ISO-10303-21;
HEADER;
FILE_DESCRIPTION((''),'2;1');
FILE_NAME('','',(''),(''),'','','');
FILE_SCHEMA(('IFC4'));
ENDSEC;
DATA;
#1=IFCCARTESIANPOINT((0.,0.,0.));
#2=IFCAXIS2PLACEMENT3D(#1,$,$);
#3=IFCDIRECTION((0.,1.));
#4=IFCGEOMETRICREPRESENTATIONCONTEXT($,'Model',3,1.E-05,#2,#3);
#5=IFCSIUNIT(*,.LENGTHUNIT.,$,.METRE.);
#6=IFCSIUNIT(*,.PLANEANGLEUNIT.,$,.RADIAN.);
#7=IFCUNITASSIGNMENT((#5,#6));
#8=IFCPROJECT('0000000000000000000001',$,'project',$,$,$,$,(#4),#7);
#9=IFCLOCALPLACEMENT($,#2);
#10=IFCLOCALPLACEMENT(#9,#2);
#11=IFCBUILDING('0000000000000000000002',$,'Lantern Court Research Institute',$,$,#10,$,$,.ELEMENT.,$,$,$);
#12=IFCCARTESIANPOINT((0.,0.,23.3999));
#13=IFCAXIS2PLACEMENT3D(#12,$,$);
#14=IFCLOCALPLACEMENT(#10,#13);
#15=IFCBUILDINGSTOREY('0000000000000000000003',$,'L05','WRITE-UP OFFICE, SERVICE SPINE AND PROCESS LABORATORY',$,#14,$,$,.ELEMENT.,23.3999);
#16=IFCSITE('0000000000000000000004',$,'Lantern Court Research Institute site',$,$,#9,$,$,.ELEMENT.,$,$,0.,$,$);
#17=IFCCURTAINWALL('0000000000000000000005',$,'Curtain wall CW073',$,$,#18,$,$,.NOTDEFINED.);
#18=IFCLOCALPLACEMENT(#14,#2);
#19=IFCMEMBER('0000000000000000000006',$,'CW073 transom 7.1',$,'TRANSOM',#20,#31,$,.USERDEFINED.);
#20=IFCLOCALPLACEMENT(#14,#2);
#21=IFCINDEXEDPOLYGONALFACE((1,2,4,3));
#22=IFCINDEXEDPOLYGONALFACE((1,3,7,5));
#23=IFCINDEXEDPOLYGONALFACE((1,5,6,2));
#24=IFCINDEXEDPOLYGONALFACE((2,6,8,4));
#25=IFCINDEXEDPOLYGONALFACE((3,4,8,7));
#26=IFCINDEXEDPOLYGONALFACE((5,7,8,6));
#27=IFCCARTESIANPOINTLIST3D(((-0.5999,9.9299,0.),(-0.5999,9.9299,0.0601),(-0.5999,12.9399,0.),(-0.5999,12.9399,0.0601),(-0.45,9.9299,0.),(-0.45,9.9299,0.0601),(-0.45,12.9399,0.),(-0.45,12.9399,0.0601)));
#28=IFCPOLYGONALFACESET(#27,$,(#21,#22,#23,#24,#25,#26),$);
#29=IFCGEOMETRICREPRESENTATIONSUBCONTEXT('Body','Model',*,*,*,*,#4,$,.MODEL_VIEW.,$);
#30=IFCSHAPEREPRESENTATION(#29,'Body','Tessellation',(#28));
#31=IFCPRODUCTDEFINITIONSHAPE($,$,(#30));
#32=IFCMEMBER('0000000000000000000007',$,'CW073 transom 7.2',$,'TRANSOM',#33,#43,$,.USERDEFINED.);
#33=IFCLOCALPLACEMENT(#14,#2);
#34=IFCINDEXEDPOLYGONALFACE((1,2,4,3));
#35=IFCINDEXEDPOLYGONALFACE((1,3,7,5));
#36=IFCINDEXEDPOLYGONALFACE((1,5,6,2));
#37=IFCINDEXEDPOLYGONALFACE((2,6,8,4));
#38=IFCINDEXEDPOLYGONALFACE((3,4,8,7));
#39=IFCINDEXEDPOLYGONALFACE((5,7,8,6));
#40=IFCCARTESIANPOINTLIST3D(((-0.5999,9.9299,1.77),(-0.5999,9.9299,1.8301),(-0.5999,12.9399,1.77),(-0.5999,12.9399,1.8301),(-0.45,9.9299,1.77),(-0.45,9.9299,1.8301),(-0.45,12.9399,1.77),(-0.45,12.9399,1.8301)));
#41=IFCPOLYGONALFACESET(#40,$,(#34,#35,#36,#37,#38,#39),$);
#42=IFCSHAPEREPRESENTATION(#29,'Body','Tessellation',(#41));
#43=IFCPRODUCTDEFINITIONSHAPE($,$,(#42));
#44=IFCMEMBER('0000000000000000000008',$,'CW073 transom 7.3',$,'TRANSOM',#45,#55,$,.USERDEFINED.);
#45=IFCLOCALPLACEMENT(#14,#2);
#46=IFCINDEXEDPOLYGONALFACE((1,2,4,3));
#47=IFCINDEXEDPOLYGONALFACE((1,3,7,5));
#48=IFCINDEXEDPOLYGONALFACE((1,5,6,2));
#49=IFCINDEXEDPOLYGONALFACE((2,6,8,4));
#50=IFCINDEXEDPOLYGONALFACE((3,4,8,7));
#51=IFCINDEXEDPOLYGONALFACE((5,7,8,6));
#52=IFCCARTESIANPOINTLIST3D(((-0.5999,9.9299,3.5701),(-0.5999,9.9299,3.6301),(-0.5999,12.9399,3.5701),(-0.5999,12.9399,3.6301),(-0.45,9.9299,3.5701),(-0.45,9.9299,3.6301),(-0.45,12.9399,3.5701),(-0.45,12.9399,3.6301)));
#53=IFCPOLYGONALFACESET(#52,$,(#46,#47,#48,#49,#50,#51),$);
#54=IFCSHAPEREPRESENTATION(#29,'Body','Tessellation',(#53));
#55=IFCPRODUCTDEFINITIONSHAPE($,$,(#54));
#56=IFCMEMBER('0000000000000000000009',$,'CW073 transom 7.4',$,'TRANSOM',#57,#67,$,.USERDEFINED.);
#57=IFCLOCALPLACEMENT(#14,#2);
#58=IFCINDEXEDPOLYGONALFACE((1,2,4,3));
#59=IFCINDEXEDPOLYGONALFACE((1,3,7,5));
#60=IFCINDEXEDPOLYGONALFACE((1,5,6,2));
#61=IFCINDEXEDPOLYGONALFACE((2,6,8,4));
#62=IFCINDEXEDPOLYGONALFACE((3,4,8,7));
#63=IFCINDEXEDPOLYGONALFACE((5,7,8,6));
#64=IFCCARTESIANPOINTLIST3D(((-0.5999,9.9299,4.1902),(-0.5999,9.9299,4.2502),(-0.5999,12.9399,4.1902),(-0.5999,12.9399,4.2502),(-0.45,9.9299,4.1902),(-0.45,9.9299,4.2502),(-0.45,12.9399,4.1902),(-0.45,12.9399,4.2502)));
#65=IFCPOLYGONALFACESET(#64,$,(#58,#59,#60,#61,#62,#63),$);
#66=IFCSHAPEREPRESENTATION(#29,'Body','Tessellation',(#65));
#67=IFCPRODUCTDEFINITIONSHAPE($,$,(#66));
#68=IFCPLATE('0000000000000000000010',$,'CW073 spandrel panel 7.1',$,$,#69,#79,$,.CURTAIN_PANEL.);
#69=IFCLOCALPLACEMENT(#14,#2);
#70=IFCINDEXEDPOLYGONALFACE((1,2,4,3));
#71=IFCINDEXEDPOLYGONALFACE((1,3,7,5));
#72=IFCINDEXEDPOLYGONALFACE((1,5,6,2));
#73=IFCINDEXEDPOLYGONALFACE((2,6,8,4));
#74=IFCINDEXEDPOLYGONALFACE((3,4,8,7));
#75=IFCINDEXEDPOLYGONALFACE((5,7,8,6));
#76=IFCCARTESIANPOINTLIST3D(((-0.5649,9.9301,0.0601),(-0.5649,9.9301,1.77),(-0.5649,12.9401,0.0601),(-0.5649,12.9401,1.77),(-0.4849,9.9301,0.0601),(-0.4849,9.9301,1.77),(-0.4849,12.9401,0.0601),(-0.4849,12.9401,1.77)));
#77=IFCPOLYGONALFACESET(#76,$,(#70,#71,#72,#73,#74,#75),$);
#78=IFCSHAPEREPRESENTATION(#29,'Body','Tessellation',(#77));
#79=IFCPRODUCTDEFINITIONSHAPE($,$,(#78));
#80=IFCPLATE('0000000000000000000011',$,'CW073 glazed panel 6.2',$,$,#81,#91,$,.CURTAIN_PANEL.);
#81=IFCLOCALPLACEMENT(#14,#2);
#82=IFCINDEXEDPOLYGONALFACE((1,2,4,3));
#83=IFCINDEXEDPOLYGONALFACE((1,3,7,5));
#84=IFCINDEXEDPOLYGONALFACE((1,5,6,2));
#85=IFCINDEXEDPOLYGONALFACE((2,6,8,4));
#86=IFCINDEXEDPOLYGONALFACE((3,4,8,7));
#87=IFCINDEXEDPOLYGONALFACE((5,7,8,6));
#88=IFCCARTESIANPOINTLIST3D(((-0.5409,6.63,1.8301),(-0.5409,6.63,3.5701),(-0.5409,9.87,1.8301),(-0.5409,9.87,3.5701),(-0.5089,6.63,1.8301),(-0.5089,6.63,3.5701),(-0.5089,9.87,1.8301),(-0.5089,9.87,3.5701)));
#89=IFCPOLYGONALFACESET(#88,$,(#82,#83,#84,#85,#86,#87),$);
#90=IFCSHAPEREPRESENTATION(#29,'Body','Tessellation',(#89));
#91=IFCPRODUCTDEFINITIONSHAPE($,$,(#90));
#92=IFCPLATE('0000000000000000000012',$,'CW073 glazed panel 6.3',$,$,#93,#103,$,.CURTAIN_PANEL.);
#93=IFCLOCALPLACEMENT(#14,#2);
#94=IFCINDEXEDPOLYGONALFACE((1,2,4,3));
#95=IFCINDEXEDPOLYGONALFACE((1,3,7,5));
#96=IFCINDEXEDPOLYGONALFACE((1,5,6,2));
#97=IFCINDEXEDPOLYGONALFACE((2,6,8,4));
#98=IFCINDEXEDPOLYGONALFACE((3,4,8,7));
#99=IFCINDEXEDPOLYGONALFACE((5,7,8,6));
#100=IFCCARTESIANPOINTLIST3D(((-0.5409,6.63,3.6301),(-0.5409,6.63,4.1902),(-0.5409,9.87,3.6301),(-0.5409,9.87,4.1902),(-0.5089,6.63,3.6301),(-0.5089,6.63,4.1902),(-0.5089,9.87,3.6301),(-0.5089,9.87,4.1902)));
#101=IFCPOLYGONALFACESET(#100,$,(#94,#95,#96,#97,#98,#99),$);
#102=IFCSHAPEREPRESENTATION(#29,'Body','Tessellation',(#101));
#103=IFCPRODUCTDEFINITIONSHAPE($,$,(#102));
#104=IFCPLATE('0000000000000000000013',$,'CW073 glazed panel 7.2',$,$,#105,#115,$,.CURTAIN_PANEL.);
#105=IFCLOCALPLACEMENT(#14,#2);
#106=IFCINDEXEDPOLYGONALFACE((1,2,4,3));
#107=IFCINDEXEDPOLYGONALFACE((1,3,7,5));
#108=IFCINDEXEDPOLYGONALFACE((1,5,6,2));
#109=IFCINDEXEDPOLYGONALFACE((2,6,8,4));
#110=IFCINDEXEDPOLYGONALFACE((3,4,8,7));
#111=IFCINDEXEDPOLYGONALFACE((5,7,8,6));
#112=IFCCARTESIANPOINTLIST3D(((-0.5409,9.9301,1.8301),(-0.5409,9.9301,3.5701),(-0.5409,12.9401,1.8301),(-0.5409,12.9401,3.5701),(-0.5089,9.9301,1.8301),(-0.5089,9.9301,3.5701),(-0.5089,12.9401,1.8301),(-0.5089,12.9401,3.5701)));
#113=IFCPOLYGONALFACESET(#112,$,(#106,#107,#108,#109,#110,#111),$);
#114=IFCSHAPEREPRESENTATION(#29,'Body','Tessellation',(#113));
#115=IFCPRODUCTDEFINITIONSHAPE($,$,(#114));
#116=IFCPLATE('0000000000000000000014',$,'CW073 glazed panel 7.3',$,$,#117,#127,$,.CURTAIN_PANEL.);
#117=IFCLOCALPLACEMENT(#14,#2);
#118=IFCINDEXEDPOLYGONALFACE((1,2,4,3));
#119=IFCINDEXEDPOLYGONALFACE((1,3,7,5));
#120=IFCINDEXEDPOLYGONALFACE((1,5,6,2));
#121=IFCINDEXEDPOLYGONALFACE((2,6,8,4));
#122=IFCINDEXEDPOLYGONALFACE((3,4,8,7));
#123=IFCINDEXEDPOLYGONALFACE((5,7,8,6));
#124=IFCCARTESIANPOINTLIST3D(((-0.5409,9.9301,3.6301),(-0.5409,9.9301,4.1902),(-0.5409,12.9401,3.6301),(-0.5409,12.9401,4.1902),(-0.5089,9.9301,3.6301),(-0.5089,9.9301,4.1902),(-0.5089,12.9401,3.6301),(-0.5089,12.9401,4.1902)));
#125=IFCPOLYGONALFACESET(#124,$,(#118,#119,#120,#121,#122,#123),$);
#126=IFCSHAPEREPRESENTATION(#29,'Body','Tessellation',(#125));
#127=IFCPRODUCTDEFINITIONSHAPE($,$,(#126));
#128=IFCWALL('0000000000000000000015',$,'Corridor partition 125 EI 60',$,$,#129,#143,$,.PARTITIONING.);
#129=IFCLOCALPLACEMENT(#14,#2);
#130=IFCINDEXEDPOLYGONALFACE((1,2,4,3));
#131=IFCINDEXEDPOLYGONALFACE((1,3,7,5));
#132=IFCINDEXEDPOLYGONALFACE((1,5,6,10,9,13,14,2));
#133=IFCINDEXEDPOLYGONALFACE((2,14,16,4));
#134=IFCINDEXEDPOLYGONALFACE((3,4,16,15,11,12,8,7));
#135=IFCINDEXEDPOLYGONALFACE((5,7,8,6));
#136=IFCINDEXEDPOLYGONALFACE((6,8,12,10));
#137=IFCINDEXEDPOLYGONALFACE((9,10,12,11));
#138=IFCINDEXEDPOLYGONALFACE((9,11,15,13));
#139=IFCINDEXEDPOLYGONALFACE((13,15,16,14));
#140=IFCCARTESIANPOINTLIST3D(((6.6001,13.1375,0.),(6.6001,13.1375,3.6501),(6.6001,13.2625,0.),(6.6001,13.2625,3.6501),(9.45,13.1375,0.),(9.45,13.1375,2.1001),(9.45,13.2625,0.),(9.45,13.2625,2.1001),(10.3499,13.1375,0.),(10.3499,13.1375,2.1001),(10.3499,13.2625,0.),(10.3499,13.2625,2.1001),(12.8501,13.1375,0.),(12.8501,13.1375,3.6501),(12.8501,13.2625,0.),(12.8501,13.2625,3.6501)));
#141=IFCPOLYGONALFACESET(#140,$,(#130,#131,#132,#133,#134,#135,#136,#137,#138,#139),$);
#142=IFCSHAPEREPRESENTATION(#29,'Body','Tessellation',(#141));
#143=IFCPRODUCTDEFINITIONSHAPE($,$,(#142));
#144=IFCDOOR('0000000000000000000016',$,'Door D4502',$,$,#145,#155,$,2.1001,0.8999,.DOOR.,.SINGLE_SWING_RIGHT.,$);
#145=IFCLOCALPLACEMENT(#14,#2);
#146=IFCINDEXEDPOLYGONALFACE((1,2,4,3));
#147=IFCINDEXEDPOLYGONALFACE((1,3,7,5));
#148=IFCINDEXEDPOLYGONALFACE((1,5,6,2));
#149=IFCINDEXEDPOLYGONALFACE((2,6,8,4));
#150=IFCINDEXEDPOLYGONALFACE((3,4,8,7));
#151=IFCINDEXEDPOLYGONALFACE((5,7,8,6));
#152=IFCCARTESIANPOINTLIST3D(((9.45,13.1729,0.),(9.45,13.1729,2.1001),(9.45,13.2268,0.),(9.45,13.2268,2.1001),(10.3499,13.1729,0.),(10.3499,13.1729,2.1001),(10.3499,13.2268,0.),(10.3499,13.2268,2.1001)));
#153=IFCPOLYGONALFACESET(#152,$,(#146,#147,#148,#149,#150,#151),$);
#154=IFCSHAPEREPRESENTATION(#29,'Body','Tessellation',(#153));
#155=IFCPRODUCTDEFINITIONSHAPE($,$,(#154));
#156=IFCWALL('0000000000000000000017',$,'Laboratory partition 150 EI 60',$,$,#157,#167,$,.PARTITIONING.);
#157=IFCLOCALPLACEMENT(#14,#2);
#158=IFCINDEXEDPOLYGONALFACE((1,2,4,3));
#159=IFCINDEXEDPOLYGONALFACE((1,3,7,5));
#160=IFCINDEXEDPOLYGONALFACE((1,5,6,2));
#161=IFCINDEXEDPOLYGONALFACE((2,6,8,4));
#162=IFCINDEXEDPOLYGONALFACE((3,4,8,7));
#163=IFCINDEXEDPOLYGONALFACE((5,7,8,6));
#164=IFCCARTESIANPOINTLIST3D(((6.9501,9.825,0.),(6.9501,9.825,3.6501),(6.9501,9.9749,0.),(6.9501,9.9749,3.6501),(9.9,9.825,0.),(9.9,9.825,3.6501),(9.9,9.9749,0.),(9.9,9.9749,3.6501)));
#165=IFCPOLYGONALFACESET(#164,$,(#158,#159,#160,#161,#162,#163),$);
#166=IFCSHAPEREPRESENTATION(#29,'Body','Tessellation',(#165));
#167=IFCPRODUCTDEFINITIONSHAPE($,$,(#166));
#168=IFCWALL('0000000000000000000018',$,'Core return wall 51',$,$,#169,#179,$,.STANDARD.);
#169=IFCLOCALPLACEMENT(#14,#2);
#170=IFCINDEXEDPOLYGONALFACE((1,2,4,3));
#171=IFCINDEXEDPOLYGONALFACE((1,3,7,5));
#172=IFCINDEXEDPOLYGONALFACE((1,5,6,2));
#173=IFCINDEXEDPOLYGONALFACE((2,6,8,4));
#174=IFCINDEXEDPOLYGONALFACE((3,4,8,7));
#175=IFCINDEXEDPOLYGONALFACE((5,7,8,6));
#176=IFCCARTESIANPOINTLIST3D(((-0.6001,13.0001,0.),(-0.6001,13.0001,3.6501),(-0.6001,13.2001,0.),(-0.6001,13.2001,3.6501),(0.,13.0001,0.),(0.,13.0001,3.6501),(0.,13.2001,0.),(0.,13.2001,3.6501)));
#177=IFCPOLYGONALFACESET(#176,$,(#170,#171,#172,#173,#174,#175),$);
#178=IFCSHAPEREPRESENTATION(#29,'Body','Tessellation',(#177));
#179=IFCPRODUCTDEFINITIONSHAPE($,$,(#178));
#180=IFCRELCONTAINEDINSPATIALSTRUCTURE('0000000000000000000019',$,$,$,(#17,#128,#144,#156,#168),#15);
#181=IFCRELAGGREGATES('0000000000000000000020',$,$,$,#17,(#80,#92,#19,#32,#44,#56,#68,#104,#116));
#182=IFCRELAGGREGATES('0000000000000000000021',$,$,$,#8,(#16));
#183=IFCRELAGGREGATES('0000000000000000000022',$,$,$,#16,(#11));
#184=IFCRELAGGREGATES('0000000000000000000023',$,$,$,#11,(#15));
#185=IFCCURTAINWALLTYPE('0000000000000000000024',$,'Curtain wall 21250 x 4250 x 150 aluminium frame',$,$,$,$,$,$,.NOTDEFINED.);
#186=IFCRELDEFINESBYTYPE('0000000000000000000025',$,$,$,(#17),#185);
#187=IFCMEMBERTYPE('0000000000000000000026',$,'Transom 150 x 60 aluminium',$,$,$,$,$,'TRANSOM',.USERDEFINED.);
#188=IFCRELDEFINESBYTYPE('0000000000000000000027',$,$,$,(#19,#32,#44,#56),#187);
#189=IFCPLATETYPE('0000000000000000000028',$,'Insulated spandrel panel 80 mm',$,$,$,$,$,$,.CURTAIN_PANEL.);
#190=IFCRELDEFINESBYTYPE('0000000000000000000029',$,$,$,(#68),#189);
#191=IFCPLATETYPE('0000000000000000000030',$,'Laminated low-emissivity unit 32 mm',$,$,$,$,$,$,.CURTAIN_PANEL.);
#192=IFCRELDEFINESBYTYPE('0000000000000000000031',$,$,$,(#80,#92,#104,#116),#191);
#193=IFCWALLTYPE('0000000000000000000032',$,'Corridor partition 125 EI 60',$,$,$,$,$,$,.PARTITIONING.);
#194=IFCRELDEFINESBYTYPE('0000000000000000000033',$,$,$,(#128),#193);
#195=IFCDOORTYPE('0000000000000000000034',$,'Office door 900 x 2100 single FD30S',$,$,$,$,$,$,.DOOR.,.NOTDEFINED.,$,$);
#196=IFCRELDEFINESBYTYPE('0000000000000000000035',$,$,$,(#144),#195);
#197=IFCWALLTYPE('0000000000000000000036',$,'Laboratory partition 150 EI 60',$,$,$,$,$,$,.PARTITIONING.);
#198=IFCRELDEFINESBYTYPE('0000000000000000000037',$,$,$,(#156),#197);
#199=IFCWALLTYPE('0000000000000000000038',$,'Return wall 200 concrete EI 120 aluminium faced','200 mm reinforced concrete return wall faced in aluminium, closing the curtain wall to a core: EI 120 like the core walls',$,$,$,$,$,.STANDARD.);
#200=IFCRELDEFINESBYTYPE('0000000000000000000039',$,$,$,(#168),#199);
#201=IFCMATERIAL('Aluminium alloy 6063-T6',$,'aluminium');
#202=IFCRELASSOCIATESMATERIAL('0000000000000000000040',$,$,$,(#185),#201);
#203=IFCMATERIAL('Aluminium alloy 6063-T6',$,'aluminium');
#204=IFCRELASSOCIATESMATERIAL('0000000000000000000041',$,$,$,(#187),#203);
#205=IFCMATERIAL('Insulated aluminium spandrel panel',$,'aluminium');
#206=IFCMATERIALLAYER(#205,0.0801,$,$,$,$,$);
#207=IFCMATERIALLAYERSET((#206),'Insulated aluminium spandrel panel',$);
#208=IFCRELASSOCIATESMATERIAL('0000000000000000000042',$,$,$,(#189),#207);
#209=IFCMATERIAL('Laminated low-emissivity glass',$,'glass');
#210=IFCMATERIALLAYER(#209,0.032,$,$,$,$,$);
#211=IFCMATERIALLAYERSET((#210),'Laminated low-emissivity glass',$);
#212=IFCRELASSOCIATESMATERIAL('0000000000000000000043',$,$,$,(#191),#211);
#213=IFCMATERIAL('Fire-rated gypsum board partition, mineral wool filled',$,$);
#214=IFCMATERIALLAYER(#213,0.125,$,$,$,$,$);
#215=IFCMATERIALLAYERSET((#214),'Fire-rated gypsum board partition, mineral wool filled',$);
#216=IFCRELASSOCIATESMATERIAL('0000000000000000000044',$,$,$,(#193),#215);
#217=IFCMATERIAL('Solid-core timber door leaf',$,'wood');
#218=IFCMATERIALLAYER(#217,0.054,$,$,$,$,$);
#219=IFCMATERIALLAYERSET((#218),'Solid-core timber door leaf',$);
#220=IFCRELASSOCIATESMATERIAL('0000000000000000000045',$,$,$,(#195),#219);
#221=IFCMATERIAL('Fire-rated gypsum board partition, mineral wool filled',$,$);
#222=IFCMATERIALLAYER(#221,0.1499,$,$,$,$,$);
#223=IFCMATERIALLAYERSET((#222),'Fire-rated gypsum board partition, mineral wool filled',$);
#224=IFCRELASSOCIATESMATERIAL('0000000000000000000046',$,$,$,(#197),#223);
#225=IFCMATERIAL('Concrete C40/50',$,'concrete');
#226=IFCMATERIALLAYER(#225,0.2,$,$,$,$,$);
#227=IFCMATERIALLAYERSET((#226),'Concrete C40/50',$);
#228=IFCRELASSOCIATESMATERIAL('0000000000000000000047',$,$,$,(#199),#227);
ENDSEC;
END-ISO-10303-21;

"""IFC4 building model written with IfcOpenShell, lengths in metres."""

from ifc_helpers import new_model, si_unit, direction, frame, frame_2d, origin, origin_2d, place, context, subcontext, project, spatial, rectangle, extrude, material, layer, layer_set, material_profile, profile_set, type_object, element, fill, aggregate, save


model = new_model("IFC4")

# Units and contexts
model_context = context("Model", 3, precision=1e-05, world=origin(), true_north=direction((0.0, 1.0)))
body_context = subcontext(model_context, "Body", "Model", "MODEL_VIEW")
ifc_project = project(units=[si_unit("LENGTHUNIT", "METRE"), si_unit("PLANEANGLEUNIT", "RADIAN")], contexts=[model_context])

# Site, building, storey
site_placement = place(None, origin())
site = spatial("IfcSite", under=ifc_project, at=site_placement, Name="Lantern Court Research Institute site", CompositionType="ELEMENT", RefElevation=0.0)
building_placement = place(site_placement, origin())
building = spatial("IfcBuilding", under=site, at=building_placement, Name="Lantern Court Research Institute", CompositionType="ELEMENT")
storey_placement = place(building_placement, frame((0.0, 0.0, 23.3999)))
storey = spatial("IfcBuildingStorey", under=building, at=storey_placement, Name="L05", Description="WRITE-UP OFFICE, SERVICE SPINE AND PROCESS LABORATORY", CompositionType="ELEMENT", Elevation=23.3999)

# Curtain wall
ifc_material_1 = material(Name="Aluminium alloy 6063-T6", Category="aluminium")
curtain_wall_type = type_object("IfcCurtainWallType", Name="Curtain wall 21250 x 4250 x 150 aluminium frame", PredefinedType="NOTDEFINED", material=ifc_material_1)
curtain_wall_placement = place(storey_placement, origin())
curtain_wall = element("IfcCurtainWall", 1, at=curtain_wall_placement, inside=storey, type_object=curtain_wall_type, Name="Curtain wall CW073", PredefinedType="NOTDEFINED")

# Members
ifc_material_2 = material(Name="Aluminium alloy 6063-T6", Category="aluminium")
ifc_material_profile_1 = material_profile(ifc_material_2, rectangle(XDim=0.1499, YDim=0.0601, at=origin_2d()), Name="Transom 150 x 60")
ifc_profile_set_1 = profile_set([ifc_material_profile_1], Name="Aluminium alloy 6063-T6")
member_type_1 = type_object("IfcMemberType", Name="Transom 150 x 60 aluminium", ElementType="TRANSOM", PredefinedType="USERDEFINED", material=ifc_profile_set_1)
member_1_placement = place(storey_placement, frame((-0.5249, 9.9299, 0.03), z_axis=(0.0, 1.0, 0.0), x_axis=(-1.0, 0.0, 0.0)))
member_1 = element("IfcMember", 2, at=member_1_placement, type_object=member_type_1, Name="CW073 transom 7.1", ObjectType="TRANSOM", PredefinedType="USERDEFINED", context=body_context, shape_type="SweptSolid", body=[
    extrude(rectangle(XDim=0.1499, YDim=0.0601, at=origin_2d()), origin(), (0.0, 0.0, 1.0), 3.01),
])
member_2_placement = place(storey_placement, frame((-0.5249, 9.9299, 1.8), z_axis=(0.0, 1.0, 0.0), x_axis=(-1.0, 0.0, 0.0)))
member_2 = element("IfcMember", 3, at=member_2_placement, type_object=member_type_1, Name="CW073 transom 7.2", ObjectType="TRANSOM", PredefinedType="USERDEFINED", context=body_context, shape_type="SweptSolid", body=[
    extrude(rectangle(XDim=0.1499, YDim=0.0601, at=origin_2d()), origin(), (0.0, 0.0, 1.0), 3.01),
])
member_3_placement = place(storey_placement, frame((-0.5249, 9.9299, 3.6001), z_axis=(0.0, 1.0, 0.0), x_axis=(-1.0, 0.0, 0.0)))
member_3 = element("IfcMember", 4, at=member_3_placement, type_object=member_type_1, Name="CW073 transom 7.3", ObjectType="TRANSOM", PredefinedType="USERDEFINED", context=body_context, shape_type="SweptSolid", body=[
    extrude(rectangle(XDim=0.1499, YDim=0.0601, at=origin_2d()), origin(), (0.0, 0.0, 1.0), 3.01),
])
member_4_placement = place(storey_placement, frame((-0.5249, 9.9299, 4.2202), z_axis=(0.0, 1.0, 0.0), x_axis=(-1.0, 0.0, 0.0)))
member_4 = element("IfcMember", 5, at=member_4_placement, type_object=member_type_1, Name="CW073 transom 7.4", ObjectType="TRANSOM", PredefinedType="USERDEFINED", context=body_context, shape_type="SweptSolid", body=[
    extrude(rectangle(XDim=0.1499, YDim=0.0601, at=origin_2d()), origin(), (0.0, 0.0, 1.0), 3.01),
])

# Plates
ifc_material_3 = material(Name="Insulated aluminium spandrel panel", Category="aluminium")
ifc_layer_1 = layer(ifc_material_3, 0.0801)
ifc_layer_set_1 = layer_set([ifc_layer_1], Name="Insulated aluminium spandrel panel")
plate_type_1 = type_object("IfcPlateType", Name="Insulated spandrel panel 80 mm", PredefinedType="CURTAIN_PANEL", material=ifc_layer_set_1)
plate_1_placement = place(storey_placement, frame((-0.5249, 11.4351, 0.0601), z_axis=(0.0, 0.0, 1.0), x_axis=(0.0, 1.0, 0.0)))
plate_1 = element("IfcPlate", 6, at=plate_1_placement, type_object=plate_type_1, Name="CW073 spandrel panel 7.1", PredefinedType="CURTAIN_PANEL", context=body_context, shape_type="SweptSolid", body=[
    extrude(rectangle(XDim=3.01, YDim=0.0801, at=origin_2d()), origin(), (0.0, 0.0, 1.0), 1.71),
])
ifc_material_4 = material(Name="Laminated low-emissivity glass", Category="glass")
ifc_layer_2 = layer(ifc_material_4, 0.032)
ifc_layer_set_2 = layer_set([ifc_layer_2], Name="Laminated low-emissivity glass")
plate_type_2 = type_object("IfcPlateType", Name="Laminated low-emissivity unit 32 mm", PredefinedType="CURTAIN_PANEL", material=ifc_layer_set_2)
plate_2_placement = place(storey_placement, frame((-0.5249, 8.25, 1.8301), z_axis=(0.0, 0.0, 1.0), x_axis=(0.0, 1.0, 0.0)))
plate_2 = element("IfcPlate", 7, at=plate_2_placement, type_object=plate_type_2, Name="CW073 glazed panel 6.2", PredefinedType="CURTAIN_PANEL", context=body_context, shape_type="SweptSolid", body=[
    extrude(rectangle(XDim=3.24, YDim=0.032, at=origin_2d()), origin(), (0.0, 0.0, 1.0), 1.74),
])
plate_3_placement = place(storey_placement, frame((-0.5249, 8.25, 3.6301), z_axis=(0.0, 0.0, 1.0), x_axis=(0.0, 1.0, 0.0)))
plate_3 = element("IfcPlate", 8, at=plate_3_placement, type_object=plate_type_2, Name="CW073 glazed panel 6.3", PredefinedType="CURTAIN_PANEL", context=body_context, shape_type="SweptSolid", body=[
    extrude(rectangle(XDim=3.24, YDim=0.032, at=origin_2d()), origin(), (0.0, 0.0, 1.0), 0.5601),
])
plate_4_placement = place(storey_placement, frame((-0.5249, 11.4351, 1.8301), z_axis=(0.0, 0.0, 1.0), x_axis=(0.0, 1.0, 0.0)))
plate_4 = element("IfcPlate", 9, at=plate_4_placement, type_object=plate_type_2, Name="CW073 glazed panel 7.2", PredefinedType="CURTAIN_PANEL", context=body_context, shape_type="SweptSolid", body=[
    extrude(rectangle(XDim=3.01, YDim=0.032, at=origin_2d()), origin(), (0.0, 0.0, 1.0), 1.74),
])
plate_5_placement = place(storey_placement, frame((-0.5249, 11.4351, 3.6301), z_axis=(0.0, 0.0, 1.0), x_axis=(0.0, 1.0, 0.0)))
plate_5 = element("IfcPlate", 10, at=plate_5_placement, type_object=plate_type_2, Name="CW073 glazed panel 7.3", PredefinedType="CURTAIN_PANEL", context=body_context, shape_type="SweptSolid", body=[
    extrude(rectangle(XDim=3.01, YDim=0.032, at=origin_2d()), origin(), (0.0, 0.0, 1.0), 0.5601),
])
aggregate(curtain_wall, [plate_2, plate_3, member_1, member_2, member_3, member_4, plate_1, plate_4, plate_5])

# Wall, opening, door
ifc_material_5 = material(Name="Fire-rated gypsum board partition, mineral wool filled")
ifc_layer_3 = layer(ifc_material_5, 0.125)
ifc_layer_set_3 = layer_set([ifc_layer_3], Name="Fire-rated gypsum board partition, mineral wool filled")
wall_type_1 = type_object("IfcWallType", Name="Corridor partition 125 EI 60", PredefinedType="PARTITIONING", material=ifc_layer_set_3)
wall_1_placement = place(storey_placement, frame((6.6001, 13.2, 0.0), z_axis=(0.0, 0.0, 1.0), x_axis=(1.0, 0.0, 0.0)))
wall_1 = element("IfcWall", 11, at=wall_1_placement, inside=storey, type_object=wall_type_1, Name="Corridor partition 125 EI 60", PredefinedType="PARTITIONING", context=body_context, shape_type="SweptSolid", body=[
    extrude(rectangle(XDim=6.25, YDim=0.125, at=frame_2d((3.125, 0.0))), origin(), (0.0, 0.0, 1.0), 3.6501),
])
opening_1_placement = place(wall_1_placement, frame((2.8499, 0.0, 0.0)))
opening_1 = element("IfcOpeningElement", 12, at=opening_1_placement, cuts=wall_1, PredefinedType="OPENING", context=body_context, shape_type="SweptSolid", body=[
    extrude(rectangle(XDim=0.8999, YDim=2.1001, at=frame_2d((0.45, 1.05))), frame((0.0, 0.0725, 0.0), z_axis=(0.0, -1.0, 0.0), x_axis=(1.0, 0.0, 0.0)), (0.0, 0.0, 1.0), 0.145),
])
ifc_material_6 = material(Name="Solid-core timber door leaf", Category="wood")
ifc_layer_4 = layer(ifc_material_6, 0.054)
ifc_layer_set_4 = layer_set([ifc_layer_4], Name="Solid-core timber door leaf")
door_type_1 = type_object("IfcDoorType", Name="Office door 900 x 2100 single FD30S", OperationType="NOTDEFINED", PredefinedType="DOOR", material=ifc_layer_set_4)
door_1_placement = place(opening_1_placement, origin())
door_1 = element("IfcDoor", 13, at=door_1_placement, inside=storey, type_object=door_type_1, Name="Door D4502", OperationType="SINGLE_SWING_RIGHT", OverallHeight=2.1001, OverallWidth=0.8999, PredefinedType="DOOR", context=body_context, shape_type="SweptSolid", body=[
    extrude(rectangle(XDim=0.8999, YDim=2.1001, at=frame_2d((0.45, 1.05))), frame((0.0, 0.0269, 0.0), z_axis=(0.0, -1.0, 0.0), x_axis=(1.0, 0.0, 0.0)), (0.0, 0.0, 1.0), 0.054),
])
fill(opening_1, door_1)
ifc_material_7 = material(Name="Fire-rated gypsum board partition, mineral wool filled")
ifc_layer_5 = layer(ifc_material_7, 0.1499)
ifc_layer_set_5 = layer_set([ifc_layer_5], Name="Fire-rated gypsum board partition, mineral wool filled")
wall_type_2 = type_object("IfcWallType", Name="Laboratory partition 150 EI 60", PredefinedType="PARTITIONING", material=ifc_layer_set_5)

# Walls
wall_2_placement = place(storey_placement, frame((6.95, 9.8999, 0.0), z_axis=(0.0, 0.0, 1.0), x_axis=(1.0, 0.0, 0.0)))
element("IfcWall", 14, at=wall_2_placement, inside=storey, type_object=wall_type_2, Name="Laboratory partition 150 EI 60", PredefinedType="PARTITIONING", context=body_context, shape_type="SweptSolid", body=[
    extrude(rectangle(XDim=2.95, YDim=0.1499, at=frame_2d((1.4751, 0.0))), origin(), (0.0, 0.0, 1.0), 3.6501),
])
ifc_material_8 = material(Name="Concrete C40/50", Category="concrete")
ifc_layer_6 = layer(ifc_material_8, 0.2)
ifc_layer_set_6 = layer_set([ifc_layer_6], Name="Concrete C40/50")
wall_type_3 = type_object("IfcWallType", Name="Return wall 200 concrete EI 120 aluminium faced", Description="200 mm reinforced concrete return wall faced in aluminium, closing the curtain wall to a core: EI 120 like the core walls", PredefinedType="STANDARD", material=ifc_layer_set_6)
wall_3_placement = place(storey_placement, frame((0.0, 13.1001, 0.0), z_axis=(0.0, 0.0, 1.0), x_axis=(-1.0, 0.0, 0.0)))
element("IfcWall", 15, at=wall_3_placement, inside=storey, type_object=wall_type_3, Name="Core return wall 51", PredefinedType="STANDARD", context=body_context, shape_type="SweptSolid", body=[
    extrude(rectangle(XDim=0.6001, YDim=0.2, at=frame_2d((0.3, 0.0))), origin(), (0.0, 0.0, 1.0), 3.6501),
])

save(model, "model.ifc")
